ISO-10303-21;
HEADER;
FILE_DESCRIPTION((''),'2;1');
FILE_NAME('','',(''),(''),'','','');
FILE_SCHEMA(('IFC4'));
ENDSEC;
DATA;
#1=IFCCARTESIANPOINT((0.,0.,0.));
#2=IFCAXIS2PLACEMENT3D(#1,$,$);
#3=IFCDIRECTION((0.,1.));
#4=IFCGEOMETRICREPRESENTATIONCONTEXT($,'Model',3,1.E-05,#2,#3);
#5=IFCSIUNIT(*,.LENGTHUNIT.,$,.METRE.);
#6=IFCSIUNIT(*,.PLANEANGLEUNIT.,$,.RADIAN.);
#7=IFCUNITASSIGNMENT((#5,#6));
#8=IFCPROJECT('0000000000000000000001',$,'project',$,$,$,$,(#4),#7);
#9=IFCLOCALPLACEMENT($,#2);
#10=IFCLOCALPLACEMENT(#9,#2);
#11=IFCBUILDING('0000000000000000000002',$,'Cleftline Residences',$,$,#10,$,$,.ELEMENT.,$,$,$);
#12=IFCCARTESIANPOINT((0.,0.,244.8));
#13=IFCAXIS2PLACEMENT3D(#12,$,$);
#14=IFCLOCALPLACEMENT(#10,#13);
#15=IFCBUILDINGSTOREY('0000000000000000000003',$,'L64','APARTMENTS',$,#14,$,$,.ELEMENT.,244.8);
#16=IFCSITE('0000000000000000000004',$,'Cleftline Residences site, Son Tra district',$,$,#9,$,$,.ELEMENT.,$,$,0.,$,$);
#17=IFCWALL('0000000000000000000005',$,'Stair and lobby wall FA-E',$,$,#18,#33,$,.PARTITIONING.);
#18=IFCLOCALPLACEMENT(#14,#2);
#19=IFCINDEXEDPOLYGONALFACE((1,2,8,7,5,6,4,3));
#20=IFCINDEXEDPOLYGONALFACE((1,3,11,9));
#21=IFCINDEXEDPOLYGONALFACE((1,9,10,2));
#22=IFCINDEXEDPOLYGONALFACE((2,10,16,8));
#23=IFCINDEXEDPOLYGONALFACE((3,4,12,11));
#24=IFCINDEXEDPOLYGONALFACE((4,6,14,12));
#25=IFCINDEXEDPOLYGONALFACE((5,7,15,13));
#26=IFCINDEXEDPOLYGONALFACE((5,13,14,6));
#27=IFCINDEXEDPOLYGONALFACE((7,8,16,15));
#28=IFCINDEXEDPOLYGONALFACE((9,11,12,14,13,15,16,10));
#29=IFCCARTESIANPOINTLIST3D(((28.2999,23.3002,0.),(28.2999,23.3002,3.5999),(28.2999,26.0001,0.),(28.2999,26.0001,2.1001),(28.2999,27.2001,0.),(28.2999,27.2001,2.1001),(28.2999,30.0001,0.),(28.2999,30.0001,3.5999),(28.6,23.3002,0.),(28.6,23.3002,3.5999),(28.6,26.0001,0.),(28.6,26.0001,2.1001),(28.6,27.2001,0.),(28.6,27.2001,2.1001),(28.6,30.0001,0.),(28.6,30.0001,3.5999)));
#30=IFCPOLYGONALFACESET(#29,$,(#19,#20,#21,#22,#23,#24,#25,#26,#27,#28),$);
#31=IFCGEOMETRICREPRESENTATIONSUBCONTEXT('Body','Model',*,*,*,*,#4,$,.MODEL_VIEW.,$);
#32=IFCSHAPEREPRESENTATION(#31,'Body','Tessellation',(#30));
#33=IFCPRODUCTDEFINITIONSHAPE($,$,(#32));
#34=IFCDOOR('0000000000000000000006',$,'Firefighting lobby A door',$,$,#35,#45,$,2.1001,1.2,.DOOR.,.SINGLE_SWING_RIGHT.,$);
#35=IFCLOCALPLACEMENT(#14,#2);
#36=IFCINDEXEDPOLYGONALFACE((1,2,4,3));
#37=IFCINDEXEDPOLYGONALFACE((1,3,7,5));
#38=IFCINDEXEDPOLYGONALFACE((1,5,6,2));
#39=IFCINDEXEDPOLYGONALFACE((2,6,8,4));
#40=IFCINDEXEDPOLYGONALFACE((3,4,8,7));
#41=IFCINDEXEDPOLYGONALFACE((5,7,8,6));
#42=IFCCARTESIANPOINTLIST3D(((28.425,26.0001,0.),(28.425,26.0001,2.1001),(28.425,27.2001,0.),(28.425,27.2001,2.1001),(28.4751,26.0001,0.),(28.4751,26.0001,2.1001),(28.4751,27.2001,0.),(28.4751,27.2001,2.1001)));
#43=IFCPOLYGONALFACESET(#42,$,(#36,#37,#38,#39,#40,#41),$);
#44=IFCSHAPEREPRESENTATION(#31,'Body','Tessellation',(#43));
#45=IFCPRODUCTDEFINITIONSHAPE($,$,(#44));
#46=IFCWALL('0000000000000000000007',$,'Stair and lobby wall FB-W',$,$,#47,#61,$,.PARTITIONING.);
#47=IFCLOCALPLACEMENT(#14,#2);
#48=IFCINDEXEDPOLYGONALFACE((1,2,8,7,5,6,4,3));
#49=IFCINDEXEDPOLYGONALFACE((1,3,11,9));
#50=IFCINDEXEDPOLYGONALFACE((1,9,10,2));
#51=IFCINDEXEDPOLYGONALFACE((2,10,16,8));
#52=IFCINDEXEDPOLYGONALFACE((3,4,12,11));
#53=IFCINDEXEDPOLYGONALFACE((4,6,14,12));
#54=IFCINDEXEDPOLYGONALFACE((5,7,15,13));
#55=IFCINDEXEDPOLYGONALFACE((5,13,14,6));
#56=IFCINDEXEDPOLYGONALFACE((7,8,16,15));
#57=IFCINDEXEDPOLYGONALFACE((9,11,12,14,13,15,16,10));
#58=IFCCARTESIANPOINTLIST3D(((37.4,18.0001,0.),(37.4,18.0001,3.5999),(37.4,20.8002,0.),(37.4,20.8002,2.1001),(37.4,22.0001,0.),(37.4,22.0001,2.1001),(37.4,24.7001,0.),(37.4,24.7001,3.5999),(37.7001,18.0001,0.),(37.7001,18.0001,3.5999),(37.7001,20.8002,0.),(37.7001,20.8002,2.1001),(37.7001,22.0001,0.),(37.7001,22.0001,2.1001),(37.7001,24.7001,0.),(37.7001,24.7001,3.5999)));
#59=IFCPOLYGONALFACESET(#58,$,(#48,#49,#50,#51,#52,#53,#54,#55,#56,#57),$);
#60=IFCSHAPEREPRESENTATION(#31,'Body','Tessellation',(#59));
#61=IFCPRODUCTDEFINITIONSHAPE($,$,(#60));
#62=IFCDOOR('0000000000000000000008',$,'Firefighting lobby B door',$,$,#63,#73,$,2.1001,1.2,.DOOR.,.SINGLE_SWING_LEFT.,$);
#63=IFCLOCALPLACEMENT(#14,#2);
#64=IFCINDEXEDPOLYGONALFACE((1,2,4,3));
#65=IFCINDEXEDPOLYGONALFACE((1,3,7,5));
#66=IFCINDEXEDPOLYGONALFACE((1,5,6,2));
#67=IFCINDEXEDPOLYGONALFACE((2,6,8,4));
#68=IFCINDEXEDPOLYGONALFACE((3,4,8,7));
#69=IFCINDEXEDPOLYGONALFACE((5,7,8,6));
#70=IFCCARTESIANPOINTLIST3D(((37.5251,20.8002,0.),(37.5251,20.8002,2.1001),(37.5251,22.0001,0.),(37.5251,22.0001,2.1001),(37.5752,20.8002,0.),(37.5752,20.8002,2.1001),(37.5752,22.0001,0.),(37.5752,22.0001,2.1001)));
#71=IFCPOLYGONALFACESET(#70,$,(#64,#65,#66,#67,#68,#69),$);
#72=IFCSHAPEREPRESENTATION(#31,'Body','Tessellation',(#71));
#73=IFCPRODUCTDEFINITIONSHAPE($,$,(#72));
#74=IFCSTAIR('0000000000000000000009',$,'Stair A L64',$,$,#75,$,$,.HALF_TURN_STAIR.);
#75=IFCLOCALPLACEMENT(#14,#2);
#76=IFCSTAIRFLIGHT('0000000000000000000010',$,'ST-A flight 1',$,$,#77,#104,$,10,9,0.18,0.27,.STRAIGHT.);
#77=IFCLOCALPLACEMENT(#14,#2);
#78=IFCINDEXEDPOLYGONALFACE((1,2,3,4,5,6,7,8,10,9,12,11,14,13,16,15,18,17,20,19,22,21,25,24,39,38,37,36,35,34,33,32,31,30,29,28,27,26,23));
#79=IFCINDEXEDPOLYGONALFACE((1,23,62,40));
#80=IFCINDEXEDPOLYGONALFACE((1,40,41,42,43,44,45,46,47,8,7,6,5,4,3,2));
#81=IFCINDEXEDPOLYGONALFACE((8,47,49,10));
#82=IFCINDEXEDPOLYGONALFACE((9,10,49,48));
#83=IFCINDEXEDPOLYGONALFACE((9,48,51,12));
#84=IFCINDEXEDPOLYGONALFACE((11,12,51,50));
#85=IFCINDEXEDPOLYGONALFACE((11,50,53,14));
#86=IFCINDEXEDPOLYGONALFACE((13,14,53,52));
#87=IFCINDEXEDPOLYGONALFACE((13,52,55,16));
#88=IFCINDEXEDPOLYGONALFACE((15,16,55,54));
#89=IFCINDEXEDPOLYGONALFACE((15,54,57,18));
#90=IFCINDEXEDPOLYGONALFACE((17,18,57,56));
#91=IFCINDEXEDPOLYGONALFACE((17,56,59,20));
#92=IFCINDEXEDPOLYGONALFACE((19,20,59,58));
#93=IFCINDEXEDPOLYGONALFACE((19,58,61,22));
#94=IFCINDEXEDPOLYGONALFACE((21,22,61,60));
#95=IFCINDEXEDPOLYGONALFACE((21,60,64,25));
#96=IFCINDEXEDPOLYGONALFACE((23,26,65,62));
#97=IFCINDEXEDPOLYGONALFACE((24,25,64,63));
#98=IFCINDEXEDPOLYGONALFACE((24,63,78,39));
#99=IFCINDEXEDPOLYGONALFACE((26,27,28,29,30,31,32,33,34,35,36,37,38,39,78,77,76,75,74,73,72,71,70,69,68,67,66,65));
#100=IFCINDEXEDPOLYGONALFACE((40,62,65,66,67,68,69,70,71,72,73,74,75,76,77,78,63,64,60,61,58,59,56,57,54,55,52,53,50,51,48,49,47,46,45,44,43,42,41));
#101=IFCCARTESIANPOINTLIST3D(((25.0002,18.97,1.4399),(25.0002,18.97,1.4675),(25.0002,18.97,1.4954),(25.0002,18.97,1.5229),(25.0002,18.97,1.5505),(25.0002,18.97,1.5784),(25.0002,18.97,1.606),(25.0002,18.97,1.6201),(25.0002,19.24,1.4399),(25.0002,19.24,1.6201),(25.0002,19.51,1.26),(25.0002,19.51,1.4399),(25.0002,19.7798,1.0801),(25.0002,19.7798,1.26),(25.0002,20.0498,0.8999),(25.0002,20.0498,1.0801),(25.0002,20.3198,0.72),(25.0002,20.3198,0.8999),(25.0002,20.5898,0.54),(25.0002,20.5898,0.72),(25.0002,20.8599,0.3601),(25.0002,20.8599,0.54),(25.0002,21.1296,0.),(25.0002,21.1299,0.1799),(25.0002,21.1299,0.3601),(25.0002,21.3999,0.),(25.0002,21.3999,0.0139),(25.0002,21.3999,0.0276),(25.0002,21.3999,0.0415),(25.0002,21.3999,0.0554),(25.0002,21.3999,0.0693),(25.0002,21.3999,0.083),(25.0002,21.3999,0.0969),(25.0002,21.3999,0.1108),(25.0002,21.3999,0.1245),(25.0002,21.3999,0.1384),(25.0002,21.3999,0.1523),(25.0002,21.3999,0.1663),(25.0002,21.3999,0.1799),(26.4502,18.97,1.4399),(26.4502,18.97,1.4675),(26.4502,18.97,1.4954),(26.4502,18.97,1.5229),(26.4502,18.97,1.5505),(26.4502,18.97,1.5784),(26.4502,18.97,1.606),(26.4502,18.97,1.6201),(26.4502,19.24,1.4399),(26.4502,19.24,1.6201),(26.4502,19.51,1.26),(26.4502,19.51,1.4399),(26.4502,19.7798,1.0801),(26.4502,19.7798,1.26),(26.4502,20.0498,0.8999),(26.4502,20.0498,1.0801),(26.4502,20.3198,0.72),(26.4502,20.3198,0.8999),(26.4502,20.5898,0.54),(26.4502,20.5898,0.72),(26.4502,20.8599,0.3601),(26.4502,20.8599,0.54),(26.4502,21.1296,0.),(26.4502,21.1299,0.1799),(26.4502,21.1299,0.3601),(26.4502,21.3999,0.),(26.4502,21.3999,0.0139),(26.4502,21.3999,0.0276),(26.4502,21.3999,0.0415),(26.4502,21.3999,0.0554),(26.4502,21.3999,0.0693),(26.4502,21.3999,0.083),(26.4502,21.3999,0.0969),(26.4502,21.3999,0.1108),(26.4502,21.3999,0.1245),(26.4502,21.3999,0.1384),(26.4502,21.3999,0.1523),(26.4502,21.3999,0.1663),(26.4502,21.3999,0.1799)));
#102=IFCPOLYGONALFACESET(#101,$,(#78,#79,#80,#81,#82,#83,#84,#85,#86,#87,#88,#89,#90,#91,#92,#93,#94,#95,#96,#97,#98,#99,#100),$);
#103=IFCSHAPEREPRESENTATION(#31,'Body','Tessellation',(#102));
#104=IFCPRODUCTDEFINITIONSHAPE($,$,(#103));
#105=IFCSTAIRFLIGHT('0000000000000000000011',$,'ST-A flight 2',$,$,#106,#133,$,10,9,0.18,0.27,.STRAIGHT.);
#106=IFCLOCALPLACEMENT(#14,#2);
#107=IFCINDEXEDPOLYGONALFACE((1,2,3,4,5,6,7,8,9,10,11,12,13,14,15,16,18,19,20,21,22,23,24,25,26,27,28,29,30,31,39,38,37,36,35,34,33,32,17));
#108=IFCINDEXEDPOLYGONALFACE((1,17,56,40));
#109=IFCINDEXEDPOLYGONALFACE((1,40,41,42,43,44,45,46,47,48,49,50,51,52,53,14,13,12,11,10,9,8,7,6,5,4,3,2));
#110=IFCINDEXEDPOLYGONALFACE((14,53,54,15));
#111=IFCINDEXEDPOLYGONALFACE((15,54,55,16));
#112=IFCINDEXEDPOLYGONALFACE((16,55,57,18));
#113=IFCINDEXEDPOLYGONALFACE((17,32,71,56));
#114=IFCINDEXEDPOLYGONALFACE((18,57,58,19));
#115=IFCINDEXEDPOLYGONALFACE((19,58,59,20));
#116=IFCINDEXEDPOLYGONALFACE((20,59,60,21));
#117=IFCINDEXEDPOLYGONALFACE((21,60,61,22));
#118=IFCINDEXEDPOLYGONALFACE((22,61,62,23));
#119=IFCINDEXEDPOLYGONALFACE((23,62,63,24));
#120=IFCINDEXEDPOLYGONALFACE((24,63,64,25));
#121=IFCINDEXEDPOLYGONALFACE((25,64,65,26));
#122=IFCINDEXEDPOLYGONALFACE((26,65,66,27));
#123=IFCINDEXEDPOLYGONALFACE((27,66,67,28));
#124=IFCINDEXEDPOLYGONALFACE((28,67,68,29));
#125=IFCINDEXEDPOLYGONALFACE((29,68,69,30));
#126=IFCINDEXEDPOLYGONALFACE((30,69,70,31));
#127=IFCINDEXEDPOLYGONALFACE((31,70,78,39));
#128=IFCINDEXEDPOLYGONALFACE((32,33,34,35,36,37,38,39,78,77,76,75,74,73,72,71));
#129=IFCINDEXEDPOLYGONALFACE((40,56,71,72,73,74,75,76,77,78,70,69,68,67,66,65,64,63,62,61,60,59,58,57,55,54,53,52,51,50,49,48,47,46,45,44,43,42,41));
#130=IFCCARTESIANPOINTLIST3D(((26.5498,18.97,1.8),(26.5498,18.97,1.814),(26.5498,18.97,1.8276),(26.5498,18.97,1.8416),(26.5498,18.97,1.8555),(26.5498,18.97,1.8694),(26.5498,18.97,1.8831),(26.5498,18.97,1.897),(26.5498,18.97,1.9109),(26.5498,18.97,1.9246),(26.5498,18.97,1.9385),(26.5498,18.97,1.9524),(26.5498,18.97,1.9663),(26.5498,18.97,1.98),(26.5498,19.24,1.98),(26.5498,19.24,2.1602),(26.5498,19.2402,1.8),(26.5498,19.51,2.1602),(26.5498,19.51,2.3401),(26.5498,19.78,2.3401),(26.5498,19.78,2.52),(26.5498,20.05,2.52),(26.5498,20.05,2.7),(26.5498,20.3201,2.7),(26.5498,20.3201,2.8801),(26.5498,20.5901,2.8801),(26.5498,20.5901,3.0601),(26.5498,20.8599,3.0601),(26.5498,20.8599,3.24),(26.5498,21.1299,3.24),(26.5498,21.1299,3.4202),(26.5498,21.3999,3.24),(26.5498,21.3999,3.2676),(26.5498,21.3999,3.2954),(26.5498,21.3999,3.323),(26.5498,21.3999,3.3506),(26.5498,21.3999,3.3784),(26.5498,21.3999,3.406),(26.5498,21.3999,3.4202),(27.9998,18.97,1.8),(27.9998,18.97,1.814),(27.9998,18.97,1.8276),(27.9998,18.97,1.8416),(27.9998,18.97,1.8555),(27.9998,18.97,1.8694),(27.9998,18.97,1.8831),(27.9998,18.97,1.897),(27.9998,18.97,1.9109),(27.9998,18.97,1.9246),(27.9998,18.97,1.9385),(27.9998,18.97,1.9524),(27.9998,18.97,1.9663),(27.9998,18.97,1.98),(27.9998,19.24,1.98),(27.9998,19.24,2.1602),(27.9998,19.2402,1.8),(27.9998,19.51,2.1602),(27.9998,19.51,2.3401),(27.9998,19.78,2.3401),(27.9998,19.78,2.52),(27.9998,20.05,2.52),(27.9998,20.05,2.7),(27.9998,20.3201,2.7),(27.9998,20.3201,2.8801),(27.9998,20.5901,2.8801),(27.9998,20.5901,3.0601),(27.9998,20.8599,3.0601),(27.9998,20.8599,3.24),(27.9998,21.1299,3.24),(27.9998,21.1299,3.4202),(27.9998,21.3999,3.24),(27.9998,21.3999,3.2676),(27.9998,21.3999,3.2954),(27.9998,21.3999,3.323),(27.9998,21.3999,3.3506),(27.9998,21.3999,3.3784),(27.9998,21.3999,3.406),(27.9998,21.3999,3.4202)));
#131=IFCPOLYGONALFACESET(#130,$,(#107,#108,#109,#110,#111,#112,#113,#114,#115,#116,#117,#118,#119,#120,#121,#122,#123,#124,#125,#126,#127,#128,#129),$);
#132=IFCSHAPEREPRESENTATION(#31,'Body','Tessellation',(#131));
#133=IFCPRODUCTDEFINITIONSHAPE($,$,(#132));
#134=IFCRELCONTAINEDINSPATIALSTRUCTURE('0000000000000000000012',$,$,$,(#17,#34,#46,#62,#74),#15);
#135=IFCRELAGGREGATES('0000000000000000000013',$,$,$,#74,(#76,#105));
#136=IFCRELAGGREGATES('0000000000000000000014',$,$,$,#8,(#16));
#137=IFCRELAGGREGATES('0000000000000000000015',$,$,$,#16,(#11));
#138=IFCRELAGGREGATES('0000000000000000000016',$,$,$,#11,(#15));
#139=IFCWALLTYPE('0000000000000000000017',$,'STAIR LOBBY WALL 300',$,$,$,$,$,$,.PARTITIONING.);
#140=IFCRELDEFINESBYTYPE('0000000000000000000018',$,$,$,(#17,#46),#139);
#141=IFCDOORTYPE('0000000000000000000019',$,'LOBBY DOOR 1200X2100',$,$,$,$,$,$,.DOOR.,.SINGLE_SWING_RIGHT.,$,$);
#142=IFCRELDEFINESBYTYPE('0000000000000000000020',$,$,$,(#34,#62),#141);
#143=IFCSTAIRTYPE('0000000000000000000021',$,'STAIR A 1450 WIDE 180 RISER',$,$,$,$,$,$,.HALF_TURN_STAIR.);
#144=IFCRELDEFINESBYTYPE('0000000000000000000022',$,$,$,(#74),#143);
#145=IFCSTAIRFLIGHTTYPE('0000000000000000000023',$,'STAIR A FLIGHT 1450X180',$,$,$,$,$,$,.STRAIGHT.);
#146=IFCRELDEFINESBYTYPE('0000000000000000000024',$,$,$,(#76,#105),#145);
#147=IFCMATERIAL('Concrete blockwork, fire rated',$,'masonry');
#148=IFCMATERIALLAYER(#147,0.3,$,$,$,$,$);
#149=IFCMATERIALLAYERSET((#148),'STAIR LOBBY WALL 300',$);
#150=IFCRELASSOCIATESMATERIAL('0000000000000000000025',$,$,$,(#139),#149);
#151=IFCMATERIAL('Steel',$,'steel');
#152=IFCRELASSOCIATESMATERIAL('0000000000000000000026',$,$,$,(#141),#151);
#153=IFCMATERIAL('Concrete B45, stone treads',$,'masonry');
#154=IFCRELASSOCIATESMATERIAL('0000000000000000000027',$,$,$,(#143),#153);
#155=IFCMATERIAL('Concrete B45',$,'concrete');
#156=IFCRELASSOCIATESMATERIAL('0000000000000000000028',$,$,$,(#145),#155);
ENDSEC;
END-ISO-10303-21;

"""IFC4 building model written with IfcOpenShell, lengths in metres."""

from ifc_helpers import new_model, si_unit, direction, frame, frame_2d, origin, place, context, subcontext, project, spatial, polyline, rectangle, outline, extrude, material, layer, layer_set, type_object, element, fill, aggregate, save


model = new_model("IFC4")

# Units and contexts
model_context = context("Model", 3, precision=1e-05, world=origin(), true_north=direction((0.0, 1.0)))
body_context = subcontext(model_context, "Body", "Model", "MODEL_VIEW")
ifc_project = project(units=[si_unit("LENGTHUNIT", "METRE"), si_unit("PLANEANGLEUNIT", "RADIAN")], contexts=[model_context])

# Site, building, storey
site_placement = place(None, origin())
site = spatial("IfcSite", under=ifc_project, at=site_placement, Name="Cleftline Residences site, Son Tra district", CompositionType="ELEMENT", RefElevation=0.0)
building_placement = place(site_placement, origin())
building = spatial("IfcBuilding", under=site, at=building_placement, Name="Cleftline Residences", CompositionType="ELEMENT")
storey_placement = place(building_placement, frame((0.0, 0.0, 244.8)))
storey = spatial("IfcBuildingStorey", under=building, at=storey_placement, Name="L64", Description="APARTMENTS", CompositionType="ELEMENT", Elevation=244.8)

# Walls, openings, doors
ifc_material_1 = material(Name="Concrete blockwork, fire rated", Category="masonry")
ifc_layer_1 = layer(ifc_material_1, 0.3)
ifc_layer_set_1 = layer_set([ifc_layer_1], Name="STAIR LOBBY WALL 300")
wall_type_1 = type_object("IfcWallType", Name="STAIR LOBBY WALL 300", PredefinedType="PARTITIONING", material=ifc_layer_set_1)
wall_1_placement = place(storey_placement, frame((28.45, 23.3, 0.0), z_axis=(0.0, 0.0, 1.0), x_axis=(0.0, 1.0, 0.0)))
wall_1 = element("IfcWall", 1, at=wall_1_placement, inside=storey, type_object=wall_type_1, Name="Stair and lobby wall FA-E", PredefinedType="PARTITIONING", context=body_context, shape_type="SweptSolid", body=[
    extrude(rectangle(XDim=6.7, YDim=0.3, at=frame_2d((3.3501, 0.0))), origin(), (0.0, 0.0, 1.0), 3.5999),
])
opening_1_placement = place(wall_1_placement, frame((2.7, 0.0, 0.0)))
opening_1 = element("IfcOpeningElement", 2, at=opening_1_placement, cuts=wall_1, PredefinedType="OPENING", context=body_context, shape_type="SweptSolid", body=[
    extrude(rectangle(XDim=1.2, YDim=2.1001, at=frame_2d((0.6001, 1.05))), frame((0.0, 0.1599, 0.0), z_axis=(0.0, -1.0, 0.0), x_axis=(1.0, 0.0, 0.0)), (0.0, 0.0, 1.0), 0.3201),
])
ifc_material_2 = material(Name="Steel", Category="steel")
door_type_1 = type_object("IfcDoorType", Name="LOBBY DOOR 1200X2100", OperationType="SINGLE_SWING_RIGHT", PredefinedType="DOOR", material=ifc_material_2)
door_1_placement = place(opening_1_placement, origin())
door_1 = element("IfcDoor", 3, at=door_1_placement, inside=storey, type_object=door_type_1, Name="Firefighting lobby A door", OperationType="SINGLE_SWING_RIGHT", OverallHeight=2.1001, OverallWidth=1.2, PredefinedType="DOOR", context=body_context, shape_type="SweptSolid", body=[
    extrude(rectangle(XDim=1.2, YDim=2.1001, at=frame_2d((0.6001, 1.05))), frame((0.0, 0.0249, 0.0), z_axis=(0.0, -1.0, 0.0), x_axis=(1.0, 0.0, 0.0)), (0.0, 0.0, 1.0), 0.05),
])
fill(opening_1, door_1)
wall_2_placement = place(storey_placement, frame((37.55, 18.0, 0.0), z_axis=(0.0, 0.0, 1.0), x_axis=(0.0, 1.0, 0.0)))
wall_2 = element("IfcWall", 4, at=wall_2_placement, inside=storey, type_object=wall_type_1, Name="Stair and lobby wall FB-W", PredefinedType="PARTITIONING", context=body_context, shape_type="SweptSolid", body=[
    extrude(rectangle(XDim=6.7, YDim=0.3, at=frame_2d((3.3501, 0.0))), origin(), (0.0, 0.0, 1.0), 3.5999),
])
opening_2_placement = place(wall_2_placement, frame((2.8, 0.0, 0.0)))
opening_2 = element("IfcOpeningElement", 5, at=opening_2_placement, cuts=wall_2, PredefinedType="OPENING", context=body_context, shape_type="SweptSolid", body=[
    extrude(rectangle(XDim=1.2, YDim=2.1001, at=frame_2d((0.6001, 1.05))), frame((0.0, 0.1599, 0.0), z_axis=(0.0, -1.0, 0.0), x_axis=(1.0, 0.0, 0.0)), (0.0, 0.0, 1.0), 0.3201),
])
door_2_placement = place(opening_2_placement, origin())
door_2 = element("IfcDoor", 6, at=door_2_placement, inside=storey, type_object=door_type_1, Name="Firefighting lobby B door", OperationType="SINGLE_SWING_LEFT", OverallHeight=2.1001, OverallWidth=1.2, PredefinedType="DOOR", context=body_context, shape_type="SweptSolid", body=[
    extrude(rectangle(XDim=1.2, YDim=2.1001, at=frame_2d((0.6001, 1.05))), frame((0.0, 0.0249, 0.0), z_axis=(0.0, -1.0, 0.0), x_axis=(1.0, 0.0, 0.0)), (0.0, 0.0, 1.0), 0.05),
])
fill(opening_2, door_2)

# Stair, stair flights
ifc_material_3 = material(Name="Concrete B45, stone treads", Category="masonry")
stair_type = type_object("IfcStairType", Name="STAIR A 1450 WIDE 180 RISER", PredefinedType="HALF_TURN_STAIR", material=ifc_material_3)
stair_placement = place(storey_placement, origin())
stair = element("IfcStair", 7, at=stair_placement, inside=storey, type_object=stair_type, Name="Stair A L64", PredefinedType="HALF_TURN_STAIR")
ifc_material_4 = material(Name="Concrete B45", Category="concrete")
stair_flight_type = type_object("IfcStairFlightType", Name="STAIR A FLIGHT 1450X180", PredefinedType="STRAIGHT", material=ifc_material_4)
stair_flight_1_placement = place(storey_placement, frame((25.7251, 21.3999, 0.0), z_axis=(0.0, 0.0, 1.0), x_axis=(0.0, -1.0, 0.0)))
stair_flight_1 = element("IfcStairFlight", 8, at=stair_flight_1_placement, type_object=stair_flight_type, Name="ST-A flight 1", NumberOfRisers=10, NumberOfTreads=9, PredefinedType="STRAIGHT", RiserHeight=0.18, TreadLength=0.27, context=body_context, shape_type="SweptSolid", body=[
    extrude(outline(polyline([(0.0, 0.0), (0.0, 0.0139), (0.0, 0.0276), (0.0, 0.0415), (0.0, 0.0554), (0.0, 0.0693), (0.0, 0.083), (0.0, 0.0969), (0.0, 0.1108), (0.0, 0.1245), (0.0, 0.1384), (0.0, 0.1523), (0.0, 0.1663), (0.0, 0.1799), (0.27, 0.1799), (0.27, 0.3601), (0.54, 0.3601), (0.54, 0.54), (0.8101, 0.54), (0.8101, 0.72), (1.0801, 0.72), (1.0801, 0.8999), (1.3501, 0.8999), (1.3501, 1.0801), (1.6201, 1.0801), (1.6201, 1.26), (1.8899, 1.26), (1.8899, 1.4399), (2.1599, 1.4399), (2.1599, 1.6201), (2.4299, 1.6201), (2.4299, 1.8), (2.4299, 1.7722), (2.4299, 1.7446), (2.4299, 1.7168), (2.4299, 1.6892), (2.4299, 1.6614), (2.4299, 1.6338), (2.4299, 1.606), (2.4299, 1.5784), (2.4299, 1.5505), (2.4299, 1.5229), (2.4299, 1.4954), (2.4299, 1.4675), (2.4299, 1.4399), (0.2703, 0.0), (0.0, 0.0)])), frame((0.0, 0.7251, 0.0), z_axis=(0.0, -1.0, 0.0), x_axis=(1.0, 0.0, 0.0)), (0.0, 0.0, 1.0), 1.45),
])
stair_flight_2_placement = place(storey_placement, frame((27.2749, 18.97, 1.8), z_axis=(0.0, 0.0, 1.0), x_axis=(0.0, 1.0, 0.0)))
stair_flight_2 = element("IfcStairFlight", 9, at=stair_flight_2_placement, type_object=stair_flight_type, Name="ST-A flight 2", NumberOfRisers=10, NumberOfTreads=9, PredefinedType="STRAIGHT", RiserHeight=0.18, TreadLength=0.27, context=body_context, shape_type="SweptSolid", body=[
    extrude(outline(polyline([(0.0, 0.0), (0.0, 0.0139), (0.0, 0.0276), (0.0, 0.0415), (0.0, 0.0554), (0.0, 0.0693), (0.0, 0.083), (0.0, 0.0969), (0.0, 0.1108), (0.0, 0.1245), (0.0, 0.1384), (0.0, 0.1523), (0.0, 0.1663), (0.0, 0.1799), (0.27, 0.1799), (0.27, 0.3601), (0.54, 0.3601), (0.54, 0.54), (0.8101, 0.54), (0.8101, 0.72), (1.0801, 0.72), (1.0801, 0.8999), (1.3501, 0.8999), (1.3501, 1.0801), (1.6201, 1.0801), (1.6201, 1.26), (1.8899, 1.26), (1.8899, 1.4399), (2.1599, 1.4399), (2.1599, 1.6201), (2.4299, 1.6201), (2.4299, 1.8), (2.4299, 1.7722), (2.4299, 1.7446), (2.4299, 1.7168), (2.4299, 1.6892), (2.4299, 1.6614), (2.4299, 1.6338), (2.4299, 1.606), (2.4299, 1.5784), (2.4299, 1.5505), (2.4299, 1.5229), (2.4299, 1.4954), (2.4299, 1.4675), (2.4299, 1.4399), (0.2703, 0.0), (0.0, 0.0)])), frame((0.0, 0.7251, 0.0), z_axis=(0.0, -1.0, 0.0), x_axis=(1.0, 0.0, 0.0)), (0.0, 0.0, 1.0), 1.45),
])
aggregate(stair, [stair_flight_1, stair_flight_2])

save(model, "model.ifc")
